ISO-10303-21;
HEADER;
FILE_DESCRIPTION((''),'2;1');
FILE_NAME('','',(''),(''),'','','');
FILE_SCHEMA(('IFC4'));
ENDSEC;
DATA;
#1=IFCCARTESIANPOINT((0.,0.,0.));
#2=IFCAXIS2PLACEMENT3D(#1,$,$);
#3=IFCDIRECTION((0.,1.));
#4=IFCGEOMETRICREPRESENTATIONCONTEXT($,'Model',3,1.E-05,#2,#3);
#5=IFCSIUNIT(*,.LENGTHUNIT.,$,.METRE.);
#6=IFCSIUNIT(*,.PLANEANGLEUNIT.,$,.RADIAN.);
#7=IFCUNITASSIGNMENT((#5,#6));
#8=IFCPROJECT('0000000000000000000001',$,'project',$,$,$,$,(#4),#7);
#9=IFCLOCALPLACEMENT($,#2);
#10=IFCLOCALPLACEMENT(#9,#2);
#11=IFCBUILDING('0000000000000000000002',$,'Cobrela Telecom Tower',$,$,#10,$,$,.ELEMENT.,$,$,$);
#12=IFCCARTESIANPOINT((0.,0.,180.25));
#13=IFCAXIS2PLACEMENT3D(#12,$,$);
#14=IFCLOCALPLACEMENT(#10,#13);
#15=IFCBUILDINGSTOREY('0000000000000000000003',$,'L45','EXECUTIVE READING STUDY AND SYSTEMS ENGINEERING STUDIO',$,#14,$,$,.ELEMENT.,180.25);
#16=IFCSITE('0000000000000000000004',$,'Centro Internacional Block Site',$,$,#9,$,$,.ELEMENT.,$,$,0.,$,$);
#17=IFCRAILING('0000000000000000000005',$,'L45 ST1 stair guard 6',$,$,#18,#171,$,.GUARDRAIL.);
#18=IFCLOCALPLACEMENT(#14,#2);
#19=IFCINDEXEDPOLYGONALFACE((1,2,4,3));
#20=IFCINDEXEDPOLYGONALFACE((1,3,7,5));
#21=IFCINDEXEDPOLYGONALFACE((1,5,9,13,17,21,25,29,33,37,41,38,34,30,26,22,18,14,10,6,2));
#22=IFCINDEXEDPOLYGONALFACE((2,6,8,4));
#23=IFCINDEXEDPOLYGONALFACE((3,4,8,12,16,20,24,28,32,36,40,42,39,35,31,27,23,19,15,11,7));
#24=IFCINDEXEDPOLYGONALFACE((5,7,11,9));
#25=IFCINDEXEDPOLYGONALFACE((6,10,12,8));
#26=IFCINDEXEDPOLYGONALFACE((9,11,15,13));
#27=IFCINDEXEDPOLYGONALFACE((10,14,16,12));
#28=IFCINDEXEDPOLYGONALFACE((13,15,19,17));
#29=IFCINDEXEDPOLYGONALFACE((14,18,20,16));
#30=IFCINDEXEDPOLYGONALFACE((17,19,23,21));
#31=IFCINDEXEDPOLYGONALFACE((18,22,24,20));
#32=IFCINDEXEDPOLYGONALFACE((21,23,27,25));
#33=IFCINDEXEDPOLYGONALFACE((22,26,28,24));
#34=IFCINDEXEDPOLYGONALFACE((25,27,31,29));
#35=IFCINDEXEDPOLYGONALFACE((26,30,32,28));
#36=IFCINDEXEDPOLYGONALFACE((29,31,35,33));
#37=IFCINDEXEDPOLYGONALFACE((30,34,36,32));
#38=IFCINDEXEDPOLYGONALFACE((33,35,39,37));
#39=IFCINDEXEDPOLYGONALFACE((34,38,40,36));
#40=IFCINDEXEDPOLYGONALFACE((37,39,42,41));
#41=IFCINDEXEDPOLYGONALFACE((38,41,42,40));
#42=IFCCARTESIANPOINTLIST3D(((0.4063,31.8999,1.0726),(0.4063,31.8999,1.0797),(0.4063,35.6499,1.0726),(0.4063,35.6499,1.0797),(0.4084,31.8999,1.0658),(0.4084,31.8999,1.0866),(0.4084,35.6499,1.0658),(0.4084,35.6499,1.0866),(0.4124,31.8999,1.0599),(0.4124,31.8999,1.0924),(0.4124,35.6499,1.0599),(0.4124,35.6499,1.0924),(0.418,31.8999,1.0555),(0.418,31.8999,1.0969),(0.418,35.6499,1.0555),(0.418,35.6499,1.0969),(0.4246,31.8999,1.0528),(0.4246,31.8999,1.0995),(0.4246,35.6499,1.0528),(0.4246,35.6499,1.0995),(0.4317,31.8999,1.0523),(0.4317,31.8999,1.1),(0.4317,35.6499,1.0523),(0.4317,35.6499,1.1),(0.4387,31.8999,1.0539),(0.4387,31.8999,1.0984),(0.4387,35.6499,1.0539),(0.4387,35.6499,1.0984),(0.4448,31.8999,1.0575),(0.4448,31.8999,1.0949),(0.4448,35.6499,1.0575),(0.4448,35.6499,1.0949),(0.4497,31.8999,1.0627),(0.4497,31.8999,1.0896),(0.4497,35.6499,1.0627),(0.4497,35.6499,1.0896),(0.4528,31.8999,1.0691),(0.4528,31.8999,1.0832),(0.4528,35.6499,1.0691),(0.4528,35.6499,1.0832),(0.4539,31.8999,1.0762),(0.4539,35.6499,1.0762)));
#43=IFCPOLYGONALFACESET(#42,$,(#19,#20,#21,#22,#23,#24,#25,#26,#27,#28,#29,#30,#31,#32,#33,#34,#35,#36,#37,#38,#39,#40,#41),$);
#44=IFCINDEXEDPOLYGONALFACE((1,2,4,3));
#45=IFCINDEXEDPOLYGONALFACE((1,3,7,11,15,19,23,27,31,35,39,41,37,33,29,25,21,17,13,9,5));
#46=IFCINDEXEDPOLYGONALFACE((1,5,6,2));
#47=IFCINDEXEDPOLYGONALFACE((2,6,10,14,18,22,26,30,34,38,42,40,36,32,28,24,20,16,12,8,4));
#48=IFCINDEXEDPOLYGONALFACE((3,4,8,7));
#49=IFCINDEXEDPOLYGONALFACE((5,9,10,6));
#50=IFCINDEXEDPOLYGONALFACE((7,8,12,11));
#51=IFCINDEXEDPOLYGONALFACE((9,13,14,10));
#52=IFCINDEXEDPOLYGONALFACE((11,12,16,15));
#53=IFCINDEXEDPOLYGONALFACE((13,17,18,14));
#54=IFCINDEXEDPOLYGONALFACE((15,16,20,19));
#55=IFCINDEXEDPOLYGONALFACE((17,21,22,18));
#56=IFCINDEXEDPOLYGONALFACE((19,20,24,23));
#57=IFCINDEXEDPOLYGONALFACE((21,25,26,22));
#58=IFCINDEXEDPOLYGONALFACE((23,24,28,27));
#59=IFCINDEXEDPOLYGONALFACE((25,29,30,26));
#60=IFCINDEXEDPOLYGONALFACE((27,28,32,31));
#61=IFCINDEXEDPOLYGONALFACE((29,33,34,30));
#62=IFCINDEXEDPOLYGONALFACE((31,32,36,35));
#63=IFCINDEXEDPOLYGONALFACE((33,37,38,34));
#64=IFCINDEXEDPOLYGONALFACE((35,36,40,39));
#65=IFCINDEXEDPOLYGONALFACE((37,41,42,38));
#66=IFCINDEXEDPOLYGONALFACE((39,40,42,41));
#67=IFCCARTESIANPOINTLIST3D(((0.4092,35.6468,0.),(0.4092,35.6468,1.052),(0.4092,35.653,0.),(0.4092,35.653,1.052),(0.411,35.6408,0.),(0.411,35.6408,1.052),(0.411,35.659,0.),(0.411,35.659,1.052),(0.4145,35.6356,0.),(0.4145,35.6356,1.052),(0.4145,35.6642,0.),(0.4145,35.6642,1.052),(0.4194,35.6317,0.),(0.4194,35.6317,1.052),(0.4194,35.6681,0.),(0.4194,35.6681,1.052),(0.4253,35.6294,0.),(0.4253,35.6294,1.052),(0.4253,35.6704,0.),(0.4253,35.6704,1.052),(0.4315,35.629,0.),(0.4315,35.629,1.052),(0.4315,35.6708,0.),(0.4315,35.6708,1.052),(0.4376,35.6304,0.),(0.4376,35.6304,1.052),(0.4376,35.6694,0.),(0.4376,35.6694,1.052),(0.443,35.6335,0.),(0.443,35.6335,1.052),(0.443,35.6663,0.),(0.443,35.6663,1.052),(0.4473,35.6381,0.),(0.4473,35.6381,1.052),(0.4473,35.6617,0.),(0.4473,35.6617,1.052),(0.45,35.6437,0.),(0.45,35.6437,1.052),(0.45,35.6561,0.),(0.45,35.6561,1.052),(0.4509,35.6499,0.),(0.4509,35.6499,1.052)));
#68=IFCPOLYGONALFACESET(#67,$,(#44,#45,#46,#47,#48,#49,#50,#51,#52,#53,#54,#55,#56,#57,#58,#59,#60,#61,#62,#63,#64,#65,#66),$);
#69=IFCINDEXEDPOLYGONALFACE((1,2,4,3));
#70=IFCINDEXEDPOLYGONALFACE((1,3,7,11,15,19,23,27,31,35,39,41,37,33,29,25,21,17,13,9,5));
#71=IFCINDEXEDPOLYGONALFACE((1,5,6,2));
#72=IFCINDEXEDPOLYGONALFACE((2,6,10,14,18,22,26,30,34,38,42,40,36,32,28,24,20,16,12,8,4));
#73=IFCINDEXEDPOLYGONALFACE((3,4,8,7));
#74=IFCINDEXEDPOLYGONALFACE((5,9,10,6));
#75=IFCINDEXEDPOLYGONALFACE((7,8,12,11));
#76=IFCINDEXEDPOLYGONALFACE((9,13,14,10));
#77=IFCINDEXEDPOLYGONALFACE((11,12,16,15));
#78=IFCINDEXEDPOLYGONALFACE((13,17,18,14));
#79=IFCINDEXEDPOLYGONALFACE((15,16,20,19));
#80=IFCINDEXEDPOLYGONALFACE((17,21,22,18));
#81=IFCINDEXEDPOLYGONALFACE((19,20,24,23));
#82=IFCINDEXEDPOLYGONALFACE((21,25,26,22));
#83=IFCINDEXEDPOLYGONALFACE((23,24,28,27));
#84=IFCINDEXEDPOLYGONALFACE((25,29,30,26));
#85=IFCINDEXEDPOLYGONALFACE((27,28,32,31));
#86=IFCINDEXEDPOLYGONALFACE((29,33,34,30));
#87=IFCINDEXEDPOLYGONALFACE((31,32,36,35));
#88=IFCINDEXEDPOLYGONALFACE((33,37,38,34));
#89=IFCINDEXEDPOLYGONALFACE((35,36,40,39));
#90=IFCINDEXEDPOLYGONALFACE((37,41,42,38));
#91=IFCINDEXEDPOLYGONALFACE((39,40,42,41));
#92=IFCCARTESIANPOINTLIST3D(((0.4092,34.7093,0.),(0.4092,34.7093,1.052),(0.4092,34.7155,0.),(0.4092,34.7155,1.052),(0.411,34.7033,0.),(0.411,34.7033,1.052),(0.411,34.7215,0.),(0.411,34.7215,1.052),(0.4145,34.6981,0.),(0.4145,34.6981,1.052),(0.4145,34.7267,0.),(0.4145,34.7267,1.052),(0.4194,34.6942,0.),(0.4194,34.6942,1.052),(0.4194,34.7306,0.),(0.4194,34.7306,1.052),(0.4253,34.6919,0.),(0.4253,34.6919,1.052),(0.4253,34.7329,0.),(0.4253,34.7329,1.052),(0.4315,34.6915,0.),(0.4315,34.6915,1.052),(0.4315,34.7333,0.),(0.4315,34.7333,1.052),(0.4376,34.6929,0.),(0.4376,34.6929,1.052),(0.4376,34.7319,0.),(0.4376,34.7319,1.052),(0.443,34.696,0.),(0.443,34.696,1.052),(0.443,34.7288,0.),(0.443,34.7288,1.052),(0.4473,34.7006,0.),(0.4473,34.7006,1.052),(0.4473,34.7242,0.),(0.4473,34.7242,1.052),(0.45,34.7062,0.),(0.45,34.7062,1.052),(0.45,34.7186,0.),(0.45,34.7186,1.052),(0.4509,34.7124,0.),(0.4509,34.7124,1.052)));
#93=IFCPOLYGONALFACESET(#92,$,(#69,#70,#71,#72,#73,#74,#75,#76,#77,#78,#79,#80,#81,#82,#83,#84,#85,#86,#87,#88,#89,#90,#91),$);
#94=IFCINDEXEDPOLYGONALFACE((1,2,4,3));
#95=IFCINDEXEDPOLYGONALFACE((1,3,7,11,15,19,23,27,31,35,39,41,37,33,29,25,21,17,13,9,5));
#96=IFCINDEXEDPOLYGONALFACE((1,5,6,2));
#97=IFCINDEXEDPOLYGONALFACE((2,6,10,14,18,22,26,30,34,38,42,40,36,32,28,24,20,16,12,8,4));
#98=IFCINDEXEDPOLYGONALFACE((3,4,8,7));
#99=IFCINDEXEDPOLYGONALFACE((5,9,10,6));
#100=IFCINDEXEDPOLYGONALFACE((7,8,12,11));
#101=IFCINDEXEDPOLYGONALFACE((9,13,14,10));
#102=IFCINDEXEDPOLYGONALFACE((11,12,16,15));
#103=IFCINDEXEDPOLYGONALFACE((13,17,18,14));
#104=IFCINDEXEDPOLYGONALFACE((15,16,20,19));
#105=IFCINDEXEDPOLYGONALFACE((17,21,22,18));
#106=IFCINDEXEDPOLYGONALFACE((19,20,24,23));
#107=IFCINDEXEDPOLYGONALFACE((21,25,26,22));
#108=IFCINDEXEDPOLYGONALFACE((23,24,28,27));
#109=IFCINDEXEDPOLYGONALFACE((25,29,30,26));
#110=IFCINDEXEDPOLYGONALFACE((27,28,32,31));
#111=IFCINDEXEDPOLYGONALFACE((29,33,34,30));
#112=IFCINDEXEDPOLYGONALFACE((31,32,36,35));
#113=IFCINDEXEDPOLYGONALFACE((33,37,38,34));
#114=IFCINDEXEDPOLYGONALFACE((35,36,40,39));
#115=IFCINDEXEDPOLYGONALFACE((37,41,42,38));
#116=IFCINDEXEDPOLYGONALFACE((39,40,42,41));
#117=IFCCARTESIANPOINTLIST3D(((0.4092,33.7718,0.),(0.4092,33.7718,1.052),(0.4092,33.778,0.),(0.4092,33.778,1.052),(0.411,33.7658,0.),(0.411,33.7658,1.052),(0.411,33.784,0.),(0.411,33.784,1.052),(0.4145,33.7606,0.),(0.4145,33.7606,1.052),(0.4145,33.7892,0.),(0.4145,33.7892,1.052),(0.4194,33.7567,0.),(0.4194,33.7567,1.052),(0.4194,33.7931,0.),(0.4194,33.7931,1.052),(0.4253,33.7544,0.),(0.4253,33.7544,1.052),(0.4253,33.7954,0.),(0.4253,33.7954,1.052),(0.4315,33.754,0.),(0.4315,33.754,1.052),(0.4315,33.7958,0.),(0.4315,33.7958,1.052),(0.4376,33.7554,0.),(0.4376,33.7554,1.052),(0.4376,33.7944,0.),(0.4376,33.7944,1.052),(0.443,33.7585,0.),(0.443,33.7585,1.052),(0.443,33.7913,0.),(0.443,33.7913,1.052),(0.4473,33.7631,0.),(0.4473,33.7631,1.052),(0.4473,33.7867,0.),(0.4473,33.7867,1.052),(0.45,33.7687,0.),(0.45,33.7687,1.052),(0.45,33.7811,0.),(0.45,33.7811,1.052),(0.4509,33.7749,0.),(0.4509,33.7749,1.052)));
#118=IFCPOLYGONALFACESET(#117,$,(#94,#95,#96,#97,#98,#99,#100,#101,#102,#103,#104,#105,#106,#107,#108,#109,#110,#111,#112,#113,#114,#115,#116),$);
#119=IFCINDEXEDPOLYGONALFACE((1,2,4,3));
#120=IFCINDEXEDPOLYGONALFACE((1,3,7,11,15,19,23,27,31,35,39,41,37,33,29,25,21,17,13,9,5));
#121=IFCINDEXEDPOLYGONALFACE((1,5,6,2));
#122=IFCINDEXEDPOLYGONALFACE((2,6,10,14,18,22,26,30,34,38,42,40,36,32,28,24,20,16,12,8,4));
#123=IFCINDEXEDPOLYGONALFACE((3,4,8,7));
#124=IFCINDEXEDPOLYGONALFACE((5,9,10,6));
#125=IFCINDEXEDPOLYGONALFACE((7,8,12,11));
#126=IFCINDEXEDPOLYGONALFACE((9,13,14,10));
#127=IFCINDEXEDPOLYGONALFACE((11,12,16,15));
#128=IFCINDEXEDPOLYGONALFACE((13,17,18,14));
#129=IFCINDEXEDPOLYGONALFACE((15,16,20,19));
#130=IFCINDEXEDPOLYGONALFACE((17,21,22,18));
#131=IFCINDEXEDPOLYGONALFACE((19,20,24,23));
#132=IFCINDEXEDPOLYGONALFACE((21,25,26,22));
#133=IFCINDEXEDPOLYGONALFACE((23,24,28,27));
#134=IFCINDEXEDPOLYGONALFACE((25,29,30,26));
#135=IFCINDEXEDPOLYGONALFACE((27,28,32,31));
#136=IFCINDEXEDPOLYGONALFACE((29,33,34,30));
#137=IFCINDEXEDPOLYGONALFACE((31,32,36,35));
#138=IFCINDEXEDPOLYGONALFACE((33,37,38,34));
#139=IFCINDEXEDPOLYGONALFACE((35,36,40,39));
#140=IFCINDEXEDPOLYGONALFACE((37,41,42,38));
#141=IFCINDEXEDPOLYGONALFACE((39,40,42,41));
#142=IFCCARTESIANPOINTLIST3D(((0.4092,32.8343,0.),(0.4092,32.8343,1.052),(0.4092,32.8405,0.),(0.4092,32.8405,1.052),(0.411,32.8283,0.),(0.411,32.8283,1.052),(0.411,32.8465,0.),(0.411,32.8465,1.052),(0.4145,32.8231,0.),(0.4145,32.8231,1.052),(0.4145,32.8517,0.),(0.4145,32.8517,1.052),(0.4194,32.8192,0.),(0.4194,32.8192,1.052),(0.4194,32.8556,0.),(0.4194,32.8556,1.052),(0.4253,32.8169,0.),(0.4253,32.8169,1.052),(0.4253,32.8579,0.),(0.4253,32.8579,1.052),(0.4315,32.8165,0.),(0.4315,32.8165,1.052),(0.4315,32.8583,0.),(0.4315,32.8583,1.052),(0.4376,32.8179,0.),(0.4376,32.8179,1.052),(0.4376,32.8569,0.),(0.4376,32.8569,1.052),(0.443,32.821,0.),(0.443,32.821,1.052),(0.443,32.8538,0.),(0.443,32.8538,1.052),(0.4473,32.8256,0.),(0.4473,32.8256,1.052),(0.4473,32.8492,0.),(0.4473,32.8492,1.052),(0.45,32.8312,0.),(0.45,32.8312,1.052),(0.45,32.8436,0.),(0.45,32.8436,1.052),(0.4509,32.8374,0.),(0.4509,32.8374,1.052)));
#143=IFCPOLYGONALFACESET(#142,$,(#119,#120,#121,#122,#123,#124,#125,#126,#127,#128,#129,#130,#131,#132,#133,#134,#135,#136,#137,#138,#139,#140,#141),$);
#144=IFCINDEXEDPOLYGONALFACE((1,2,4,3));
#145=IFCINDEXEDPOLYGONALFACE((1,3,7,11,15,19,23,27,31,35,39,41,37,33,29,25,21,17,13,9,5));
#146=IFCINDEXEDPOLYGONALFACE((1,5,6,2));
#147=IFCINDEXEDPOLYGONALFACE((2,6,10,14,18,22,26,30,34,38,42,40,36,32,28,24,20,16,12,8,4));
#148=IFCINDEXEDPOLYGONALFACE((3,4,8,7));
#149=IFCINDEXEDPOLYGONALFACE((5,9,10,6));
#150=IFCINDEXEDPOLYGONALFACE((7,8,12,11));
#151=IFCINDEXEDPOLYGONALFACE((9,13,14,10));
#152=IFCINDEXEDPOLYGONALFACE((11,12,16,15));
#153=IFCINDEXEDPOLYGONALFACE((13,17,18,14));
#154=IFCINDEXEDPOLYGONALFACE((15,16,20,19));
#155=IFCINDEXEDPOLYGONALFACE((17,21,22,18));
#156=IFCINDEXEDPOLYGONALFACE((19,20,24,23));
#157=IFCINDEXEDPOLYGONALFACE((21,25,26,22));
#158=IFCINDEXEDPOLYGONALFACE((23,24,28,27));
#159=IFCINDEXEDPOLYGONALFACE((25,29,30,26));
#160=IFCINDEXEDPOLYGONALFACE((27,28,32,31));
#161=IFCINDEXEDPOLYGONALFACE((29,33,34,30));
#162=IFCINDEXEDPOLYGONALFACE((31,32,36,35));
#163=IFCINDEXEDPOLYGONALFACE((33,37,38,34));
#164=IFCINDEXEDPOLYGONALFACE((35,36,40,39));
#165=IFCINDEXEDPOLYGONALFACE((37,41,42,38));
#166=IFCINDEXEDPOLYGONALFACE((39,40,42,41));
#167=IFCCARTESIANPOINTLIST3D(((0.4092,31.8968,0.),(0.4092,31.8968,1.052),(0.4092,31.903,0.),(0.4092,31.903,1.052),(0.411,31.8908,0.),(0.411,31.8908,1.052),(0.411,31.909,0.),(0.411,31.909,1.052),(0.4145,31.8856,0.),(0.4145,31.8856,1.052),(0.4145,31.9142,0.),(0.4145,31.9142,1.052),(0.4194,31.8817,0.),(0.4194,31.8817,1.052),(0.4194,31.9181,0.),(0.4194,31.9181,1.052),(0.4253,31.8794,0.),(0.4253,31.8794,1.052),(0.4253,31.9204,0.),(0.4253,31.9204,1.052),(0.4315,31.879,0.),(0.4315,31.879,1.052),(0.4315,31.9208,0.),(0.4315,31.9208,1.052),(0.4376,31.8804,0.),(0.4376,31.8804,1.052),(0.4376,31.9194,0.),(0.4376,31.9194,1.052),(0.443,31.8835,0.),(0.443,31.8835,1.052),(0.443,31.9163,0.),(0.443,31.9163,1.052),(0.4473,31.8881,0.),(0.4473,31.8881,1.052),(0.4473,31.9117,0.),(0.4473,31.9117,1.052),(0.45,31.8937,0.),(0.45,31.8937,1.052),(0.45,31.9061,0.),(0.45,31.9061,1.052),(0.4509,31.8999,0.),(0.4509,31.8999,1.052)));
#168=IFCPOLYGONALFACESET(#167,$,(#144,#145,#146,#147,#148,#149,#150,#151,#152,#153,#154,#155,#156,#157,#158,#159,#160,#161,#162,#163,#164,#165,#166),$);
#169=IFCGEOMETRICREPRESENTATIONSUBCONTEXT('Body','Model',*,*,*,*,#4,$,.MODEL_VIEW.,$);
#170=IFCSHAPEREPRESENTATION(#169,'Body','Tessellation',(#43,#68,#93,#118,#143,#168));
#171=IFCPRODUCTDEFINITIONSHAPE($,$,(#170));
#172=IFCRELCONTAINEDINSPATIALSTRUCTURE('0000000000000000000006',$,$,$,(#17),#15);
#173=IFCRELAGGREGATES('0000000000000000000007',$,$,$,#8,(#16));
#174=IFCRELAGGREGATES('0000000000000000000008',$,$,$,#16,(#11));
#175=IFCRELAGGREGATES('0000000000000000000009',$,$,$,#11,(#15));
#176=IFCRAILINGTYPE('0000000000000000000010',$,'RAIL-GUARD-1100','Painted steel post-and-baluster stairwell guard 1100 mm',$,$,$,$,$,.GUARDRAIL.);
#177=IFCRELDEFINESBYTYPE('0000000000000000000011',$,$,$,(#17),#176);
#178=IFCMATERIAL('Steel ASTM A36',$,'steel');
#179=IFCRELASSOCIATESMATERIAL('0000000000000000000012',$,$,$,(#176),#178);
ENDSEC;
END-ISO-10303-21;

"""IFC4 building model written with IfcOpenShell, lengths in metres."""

from ifc_helpers import new_model, si_unit, direction, frame, origin, origin_2d, place, context, subcontext, project, spatial, circle, extrude, material, type_object, element, save


model = new_model("IFC4")

# Units and contexts
model_context = context("Model", 3, precision=1e-05, world=origin(), true_north=direction((0.0, 1.0)))
body_context = subcontext(model_context, "Body", "Model", "MODEL_VIEW")
ifc_project = project(units=[si_unit("LENGTHUNIT", "METRE"), si_unit("PLANEANGLEUNIT", "RADIAN")], contexts=[model_context])

# Site, building, storey
site_placement = place(None, origin())
site = spatial("IfcSite", under=ifc_project, at=site_placement, Name="Centro Internacional Block Site", CompositionType="ELEMENT", RefElevation=0.0)
building_placement = place(site_placement, origin())
building = spatial("IfcBuilding", under=site, at=building_placement, Name="Cobrela Telecom Tower", CompositionType="ELEMENT")
storey_placement = place(building_placement, frame((0.0, 0.0, 180.25)))
storey = spatial("IfcBuildingStorey", under=building, at=storey_placement, Name="L45", Description="EXECUTIVE READING STUDY AND SYSTEMS ENGINEERING STUDIO", CompositionType="ELEMENT", Elevation=180.25)

# Shared definitions
ifc_material_1 = material(Name="Steel ASTM A36", Category="steel")

# Railing
railing_type_1 = type_object("IfcRailingType", Name="RAIL-GUARD-1100", Description="Painted steel post-and-baluster stairwell guard 1100 mm", PredefinedType="GUARDRAIL", material=ifc_material_1)
railing_1_placement = place(storey_placement, frame((0.4299, 35.6499, 0.0)))
element("IfcRailing", 1, at=railing_1_placement, inside=storey, type_object=railing_type_1, Name="L45 ST1 stair guard 6", PredefinedType="GUARDRAIL", context=body_context, shape_type="SweptSolid", body=[
    extrude(circle(Radius=0.0239, at=origin_2d()), frame((0.0, 0.0, 1.0762), z_axis=(0.0, -1.0, 0.0), x_axis=(1.0, 0.0, 0.0)), (0.0, 0.0, 1.0), 3.75),
    extrude(circle(Radius=0.021, at=origin_2d()), origin(), (0.0, 0.0, 1.0), 1.052),
    extrude(circle(Radius=0.021, at=origin_2d()), frame((0.0, -0.9375, 0.0)), (0.0, 0.0, 1.0), 1.052),
    extrude(circle(Radius=0.021, at=origin_2d()), frame((0.0, -1.875, 0.0)), (0.0, 0.0, 1.0), 1.052),
    extrude(circle(Radius=0.021, at=origin_2d()), frame((0.0, -2.8125, 0.0)), (0.0, 0.0, 1.0), 1.052),
    extrude(circle(Radius=0.021, at=origin_2d()), frame((0.0, -3.75, 0.0)), (0.0, 0.0, 1.0), 1.052),
])

save(model, "model.ifc")
